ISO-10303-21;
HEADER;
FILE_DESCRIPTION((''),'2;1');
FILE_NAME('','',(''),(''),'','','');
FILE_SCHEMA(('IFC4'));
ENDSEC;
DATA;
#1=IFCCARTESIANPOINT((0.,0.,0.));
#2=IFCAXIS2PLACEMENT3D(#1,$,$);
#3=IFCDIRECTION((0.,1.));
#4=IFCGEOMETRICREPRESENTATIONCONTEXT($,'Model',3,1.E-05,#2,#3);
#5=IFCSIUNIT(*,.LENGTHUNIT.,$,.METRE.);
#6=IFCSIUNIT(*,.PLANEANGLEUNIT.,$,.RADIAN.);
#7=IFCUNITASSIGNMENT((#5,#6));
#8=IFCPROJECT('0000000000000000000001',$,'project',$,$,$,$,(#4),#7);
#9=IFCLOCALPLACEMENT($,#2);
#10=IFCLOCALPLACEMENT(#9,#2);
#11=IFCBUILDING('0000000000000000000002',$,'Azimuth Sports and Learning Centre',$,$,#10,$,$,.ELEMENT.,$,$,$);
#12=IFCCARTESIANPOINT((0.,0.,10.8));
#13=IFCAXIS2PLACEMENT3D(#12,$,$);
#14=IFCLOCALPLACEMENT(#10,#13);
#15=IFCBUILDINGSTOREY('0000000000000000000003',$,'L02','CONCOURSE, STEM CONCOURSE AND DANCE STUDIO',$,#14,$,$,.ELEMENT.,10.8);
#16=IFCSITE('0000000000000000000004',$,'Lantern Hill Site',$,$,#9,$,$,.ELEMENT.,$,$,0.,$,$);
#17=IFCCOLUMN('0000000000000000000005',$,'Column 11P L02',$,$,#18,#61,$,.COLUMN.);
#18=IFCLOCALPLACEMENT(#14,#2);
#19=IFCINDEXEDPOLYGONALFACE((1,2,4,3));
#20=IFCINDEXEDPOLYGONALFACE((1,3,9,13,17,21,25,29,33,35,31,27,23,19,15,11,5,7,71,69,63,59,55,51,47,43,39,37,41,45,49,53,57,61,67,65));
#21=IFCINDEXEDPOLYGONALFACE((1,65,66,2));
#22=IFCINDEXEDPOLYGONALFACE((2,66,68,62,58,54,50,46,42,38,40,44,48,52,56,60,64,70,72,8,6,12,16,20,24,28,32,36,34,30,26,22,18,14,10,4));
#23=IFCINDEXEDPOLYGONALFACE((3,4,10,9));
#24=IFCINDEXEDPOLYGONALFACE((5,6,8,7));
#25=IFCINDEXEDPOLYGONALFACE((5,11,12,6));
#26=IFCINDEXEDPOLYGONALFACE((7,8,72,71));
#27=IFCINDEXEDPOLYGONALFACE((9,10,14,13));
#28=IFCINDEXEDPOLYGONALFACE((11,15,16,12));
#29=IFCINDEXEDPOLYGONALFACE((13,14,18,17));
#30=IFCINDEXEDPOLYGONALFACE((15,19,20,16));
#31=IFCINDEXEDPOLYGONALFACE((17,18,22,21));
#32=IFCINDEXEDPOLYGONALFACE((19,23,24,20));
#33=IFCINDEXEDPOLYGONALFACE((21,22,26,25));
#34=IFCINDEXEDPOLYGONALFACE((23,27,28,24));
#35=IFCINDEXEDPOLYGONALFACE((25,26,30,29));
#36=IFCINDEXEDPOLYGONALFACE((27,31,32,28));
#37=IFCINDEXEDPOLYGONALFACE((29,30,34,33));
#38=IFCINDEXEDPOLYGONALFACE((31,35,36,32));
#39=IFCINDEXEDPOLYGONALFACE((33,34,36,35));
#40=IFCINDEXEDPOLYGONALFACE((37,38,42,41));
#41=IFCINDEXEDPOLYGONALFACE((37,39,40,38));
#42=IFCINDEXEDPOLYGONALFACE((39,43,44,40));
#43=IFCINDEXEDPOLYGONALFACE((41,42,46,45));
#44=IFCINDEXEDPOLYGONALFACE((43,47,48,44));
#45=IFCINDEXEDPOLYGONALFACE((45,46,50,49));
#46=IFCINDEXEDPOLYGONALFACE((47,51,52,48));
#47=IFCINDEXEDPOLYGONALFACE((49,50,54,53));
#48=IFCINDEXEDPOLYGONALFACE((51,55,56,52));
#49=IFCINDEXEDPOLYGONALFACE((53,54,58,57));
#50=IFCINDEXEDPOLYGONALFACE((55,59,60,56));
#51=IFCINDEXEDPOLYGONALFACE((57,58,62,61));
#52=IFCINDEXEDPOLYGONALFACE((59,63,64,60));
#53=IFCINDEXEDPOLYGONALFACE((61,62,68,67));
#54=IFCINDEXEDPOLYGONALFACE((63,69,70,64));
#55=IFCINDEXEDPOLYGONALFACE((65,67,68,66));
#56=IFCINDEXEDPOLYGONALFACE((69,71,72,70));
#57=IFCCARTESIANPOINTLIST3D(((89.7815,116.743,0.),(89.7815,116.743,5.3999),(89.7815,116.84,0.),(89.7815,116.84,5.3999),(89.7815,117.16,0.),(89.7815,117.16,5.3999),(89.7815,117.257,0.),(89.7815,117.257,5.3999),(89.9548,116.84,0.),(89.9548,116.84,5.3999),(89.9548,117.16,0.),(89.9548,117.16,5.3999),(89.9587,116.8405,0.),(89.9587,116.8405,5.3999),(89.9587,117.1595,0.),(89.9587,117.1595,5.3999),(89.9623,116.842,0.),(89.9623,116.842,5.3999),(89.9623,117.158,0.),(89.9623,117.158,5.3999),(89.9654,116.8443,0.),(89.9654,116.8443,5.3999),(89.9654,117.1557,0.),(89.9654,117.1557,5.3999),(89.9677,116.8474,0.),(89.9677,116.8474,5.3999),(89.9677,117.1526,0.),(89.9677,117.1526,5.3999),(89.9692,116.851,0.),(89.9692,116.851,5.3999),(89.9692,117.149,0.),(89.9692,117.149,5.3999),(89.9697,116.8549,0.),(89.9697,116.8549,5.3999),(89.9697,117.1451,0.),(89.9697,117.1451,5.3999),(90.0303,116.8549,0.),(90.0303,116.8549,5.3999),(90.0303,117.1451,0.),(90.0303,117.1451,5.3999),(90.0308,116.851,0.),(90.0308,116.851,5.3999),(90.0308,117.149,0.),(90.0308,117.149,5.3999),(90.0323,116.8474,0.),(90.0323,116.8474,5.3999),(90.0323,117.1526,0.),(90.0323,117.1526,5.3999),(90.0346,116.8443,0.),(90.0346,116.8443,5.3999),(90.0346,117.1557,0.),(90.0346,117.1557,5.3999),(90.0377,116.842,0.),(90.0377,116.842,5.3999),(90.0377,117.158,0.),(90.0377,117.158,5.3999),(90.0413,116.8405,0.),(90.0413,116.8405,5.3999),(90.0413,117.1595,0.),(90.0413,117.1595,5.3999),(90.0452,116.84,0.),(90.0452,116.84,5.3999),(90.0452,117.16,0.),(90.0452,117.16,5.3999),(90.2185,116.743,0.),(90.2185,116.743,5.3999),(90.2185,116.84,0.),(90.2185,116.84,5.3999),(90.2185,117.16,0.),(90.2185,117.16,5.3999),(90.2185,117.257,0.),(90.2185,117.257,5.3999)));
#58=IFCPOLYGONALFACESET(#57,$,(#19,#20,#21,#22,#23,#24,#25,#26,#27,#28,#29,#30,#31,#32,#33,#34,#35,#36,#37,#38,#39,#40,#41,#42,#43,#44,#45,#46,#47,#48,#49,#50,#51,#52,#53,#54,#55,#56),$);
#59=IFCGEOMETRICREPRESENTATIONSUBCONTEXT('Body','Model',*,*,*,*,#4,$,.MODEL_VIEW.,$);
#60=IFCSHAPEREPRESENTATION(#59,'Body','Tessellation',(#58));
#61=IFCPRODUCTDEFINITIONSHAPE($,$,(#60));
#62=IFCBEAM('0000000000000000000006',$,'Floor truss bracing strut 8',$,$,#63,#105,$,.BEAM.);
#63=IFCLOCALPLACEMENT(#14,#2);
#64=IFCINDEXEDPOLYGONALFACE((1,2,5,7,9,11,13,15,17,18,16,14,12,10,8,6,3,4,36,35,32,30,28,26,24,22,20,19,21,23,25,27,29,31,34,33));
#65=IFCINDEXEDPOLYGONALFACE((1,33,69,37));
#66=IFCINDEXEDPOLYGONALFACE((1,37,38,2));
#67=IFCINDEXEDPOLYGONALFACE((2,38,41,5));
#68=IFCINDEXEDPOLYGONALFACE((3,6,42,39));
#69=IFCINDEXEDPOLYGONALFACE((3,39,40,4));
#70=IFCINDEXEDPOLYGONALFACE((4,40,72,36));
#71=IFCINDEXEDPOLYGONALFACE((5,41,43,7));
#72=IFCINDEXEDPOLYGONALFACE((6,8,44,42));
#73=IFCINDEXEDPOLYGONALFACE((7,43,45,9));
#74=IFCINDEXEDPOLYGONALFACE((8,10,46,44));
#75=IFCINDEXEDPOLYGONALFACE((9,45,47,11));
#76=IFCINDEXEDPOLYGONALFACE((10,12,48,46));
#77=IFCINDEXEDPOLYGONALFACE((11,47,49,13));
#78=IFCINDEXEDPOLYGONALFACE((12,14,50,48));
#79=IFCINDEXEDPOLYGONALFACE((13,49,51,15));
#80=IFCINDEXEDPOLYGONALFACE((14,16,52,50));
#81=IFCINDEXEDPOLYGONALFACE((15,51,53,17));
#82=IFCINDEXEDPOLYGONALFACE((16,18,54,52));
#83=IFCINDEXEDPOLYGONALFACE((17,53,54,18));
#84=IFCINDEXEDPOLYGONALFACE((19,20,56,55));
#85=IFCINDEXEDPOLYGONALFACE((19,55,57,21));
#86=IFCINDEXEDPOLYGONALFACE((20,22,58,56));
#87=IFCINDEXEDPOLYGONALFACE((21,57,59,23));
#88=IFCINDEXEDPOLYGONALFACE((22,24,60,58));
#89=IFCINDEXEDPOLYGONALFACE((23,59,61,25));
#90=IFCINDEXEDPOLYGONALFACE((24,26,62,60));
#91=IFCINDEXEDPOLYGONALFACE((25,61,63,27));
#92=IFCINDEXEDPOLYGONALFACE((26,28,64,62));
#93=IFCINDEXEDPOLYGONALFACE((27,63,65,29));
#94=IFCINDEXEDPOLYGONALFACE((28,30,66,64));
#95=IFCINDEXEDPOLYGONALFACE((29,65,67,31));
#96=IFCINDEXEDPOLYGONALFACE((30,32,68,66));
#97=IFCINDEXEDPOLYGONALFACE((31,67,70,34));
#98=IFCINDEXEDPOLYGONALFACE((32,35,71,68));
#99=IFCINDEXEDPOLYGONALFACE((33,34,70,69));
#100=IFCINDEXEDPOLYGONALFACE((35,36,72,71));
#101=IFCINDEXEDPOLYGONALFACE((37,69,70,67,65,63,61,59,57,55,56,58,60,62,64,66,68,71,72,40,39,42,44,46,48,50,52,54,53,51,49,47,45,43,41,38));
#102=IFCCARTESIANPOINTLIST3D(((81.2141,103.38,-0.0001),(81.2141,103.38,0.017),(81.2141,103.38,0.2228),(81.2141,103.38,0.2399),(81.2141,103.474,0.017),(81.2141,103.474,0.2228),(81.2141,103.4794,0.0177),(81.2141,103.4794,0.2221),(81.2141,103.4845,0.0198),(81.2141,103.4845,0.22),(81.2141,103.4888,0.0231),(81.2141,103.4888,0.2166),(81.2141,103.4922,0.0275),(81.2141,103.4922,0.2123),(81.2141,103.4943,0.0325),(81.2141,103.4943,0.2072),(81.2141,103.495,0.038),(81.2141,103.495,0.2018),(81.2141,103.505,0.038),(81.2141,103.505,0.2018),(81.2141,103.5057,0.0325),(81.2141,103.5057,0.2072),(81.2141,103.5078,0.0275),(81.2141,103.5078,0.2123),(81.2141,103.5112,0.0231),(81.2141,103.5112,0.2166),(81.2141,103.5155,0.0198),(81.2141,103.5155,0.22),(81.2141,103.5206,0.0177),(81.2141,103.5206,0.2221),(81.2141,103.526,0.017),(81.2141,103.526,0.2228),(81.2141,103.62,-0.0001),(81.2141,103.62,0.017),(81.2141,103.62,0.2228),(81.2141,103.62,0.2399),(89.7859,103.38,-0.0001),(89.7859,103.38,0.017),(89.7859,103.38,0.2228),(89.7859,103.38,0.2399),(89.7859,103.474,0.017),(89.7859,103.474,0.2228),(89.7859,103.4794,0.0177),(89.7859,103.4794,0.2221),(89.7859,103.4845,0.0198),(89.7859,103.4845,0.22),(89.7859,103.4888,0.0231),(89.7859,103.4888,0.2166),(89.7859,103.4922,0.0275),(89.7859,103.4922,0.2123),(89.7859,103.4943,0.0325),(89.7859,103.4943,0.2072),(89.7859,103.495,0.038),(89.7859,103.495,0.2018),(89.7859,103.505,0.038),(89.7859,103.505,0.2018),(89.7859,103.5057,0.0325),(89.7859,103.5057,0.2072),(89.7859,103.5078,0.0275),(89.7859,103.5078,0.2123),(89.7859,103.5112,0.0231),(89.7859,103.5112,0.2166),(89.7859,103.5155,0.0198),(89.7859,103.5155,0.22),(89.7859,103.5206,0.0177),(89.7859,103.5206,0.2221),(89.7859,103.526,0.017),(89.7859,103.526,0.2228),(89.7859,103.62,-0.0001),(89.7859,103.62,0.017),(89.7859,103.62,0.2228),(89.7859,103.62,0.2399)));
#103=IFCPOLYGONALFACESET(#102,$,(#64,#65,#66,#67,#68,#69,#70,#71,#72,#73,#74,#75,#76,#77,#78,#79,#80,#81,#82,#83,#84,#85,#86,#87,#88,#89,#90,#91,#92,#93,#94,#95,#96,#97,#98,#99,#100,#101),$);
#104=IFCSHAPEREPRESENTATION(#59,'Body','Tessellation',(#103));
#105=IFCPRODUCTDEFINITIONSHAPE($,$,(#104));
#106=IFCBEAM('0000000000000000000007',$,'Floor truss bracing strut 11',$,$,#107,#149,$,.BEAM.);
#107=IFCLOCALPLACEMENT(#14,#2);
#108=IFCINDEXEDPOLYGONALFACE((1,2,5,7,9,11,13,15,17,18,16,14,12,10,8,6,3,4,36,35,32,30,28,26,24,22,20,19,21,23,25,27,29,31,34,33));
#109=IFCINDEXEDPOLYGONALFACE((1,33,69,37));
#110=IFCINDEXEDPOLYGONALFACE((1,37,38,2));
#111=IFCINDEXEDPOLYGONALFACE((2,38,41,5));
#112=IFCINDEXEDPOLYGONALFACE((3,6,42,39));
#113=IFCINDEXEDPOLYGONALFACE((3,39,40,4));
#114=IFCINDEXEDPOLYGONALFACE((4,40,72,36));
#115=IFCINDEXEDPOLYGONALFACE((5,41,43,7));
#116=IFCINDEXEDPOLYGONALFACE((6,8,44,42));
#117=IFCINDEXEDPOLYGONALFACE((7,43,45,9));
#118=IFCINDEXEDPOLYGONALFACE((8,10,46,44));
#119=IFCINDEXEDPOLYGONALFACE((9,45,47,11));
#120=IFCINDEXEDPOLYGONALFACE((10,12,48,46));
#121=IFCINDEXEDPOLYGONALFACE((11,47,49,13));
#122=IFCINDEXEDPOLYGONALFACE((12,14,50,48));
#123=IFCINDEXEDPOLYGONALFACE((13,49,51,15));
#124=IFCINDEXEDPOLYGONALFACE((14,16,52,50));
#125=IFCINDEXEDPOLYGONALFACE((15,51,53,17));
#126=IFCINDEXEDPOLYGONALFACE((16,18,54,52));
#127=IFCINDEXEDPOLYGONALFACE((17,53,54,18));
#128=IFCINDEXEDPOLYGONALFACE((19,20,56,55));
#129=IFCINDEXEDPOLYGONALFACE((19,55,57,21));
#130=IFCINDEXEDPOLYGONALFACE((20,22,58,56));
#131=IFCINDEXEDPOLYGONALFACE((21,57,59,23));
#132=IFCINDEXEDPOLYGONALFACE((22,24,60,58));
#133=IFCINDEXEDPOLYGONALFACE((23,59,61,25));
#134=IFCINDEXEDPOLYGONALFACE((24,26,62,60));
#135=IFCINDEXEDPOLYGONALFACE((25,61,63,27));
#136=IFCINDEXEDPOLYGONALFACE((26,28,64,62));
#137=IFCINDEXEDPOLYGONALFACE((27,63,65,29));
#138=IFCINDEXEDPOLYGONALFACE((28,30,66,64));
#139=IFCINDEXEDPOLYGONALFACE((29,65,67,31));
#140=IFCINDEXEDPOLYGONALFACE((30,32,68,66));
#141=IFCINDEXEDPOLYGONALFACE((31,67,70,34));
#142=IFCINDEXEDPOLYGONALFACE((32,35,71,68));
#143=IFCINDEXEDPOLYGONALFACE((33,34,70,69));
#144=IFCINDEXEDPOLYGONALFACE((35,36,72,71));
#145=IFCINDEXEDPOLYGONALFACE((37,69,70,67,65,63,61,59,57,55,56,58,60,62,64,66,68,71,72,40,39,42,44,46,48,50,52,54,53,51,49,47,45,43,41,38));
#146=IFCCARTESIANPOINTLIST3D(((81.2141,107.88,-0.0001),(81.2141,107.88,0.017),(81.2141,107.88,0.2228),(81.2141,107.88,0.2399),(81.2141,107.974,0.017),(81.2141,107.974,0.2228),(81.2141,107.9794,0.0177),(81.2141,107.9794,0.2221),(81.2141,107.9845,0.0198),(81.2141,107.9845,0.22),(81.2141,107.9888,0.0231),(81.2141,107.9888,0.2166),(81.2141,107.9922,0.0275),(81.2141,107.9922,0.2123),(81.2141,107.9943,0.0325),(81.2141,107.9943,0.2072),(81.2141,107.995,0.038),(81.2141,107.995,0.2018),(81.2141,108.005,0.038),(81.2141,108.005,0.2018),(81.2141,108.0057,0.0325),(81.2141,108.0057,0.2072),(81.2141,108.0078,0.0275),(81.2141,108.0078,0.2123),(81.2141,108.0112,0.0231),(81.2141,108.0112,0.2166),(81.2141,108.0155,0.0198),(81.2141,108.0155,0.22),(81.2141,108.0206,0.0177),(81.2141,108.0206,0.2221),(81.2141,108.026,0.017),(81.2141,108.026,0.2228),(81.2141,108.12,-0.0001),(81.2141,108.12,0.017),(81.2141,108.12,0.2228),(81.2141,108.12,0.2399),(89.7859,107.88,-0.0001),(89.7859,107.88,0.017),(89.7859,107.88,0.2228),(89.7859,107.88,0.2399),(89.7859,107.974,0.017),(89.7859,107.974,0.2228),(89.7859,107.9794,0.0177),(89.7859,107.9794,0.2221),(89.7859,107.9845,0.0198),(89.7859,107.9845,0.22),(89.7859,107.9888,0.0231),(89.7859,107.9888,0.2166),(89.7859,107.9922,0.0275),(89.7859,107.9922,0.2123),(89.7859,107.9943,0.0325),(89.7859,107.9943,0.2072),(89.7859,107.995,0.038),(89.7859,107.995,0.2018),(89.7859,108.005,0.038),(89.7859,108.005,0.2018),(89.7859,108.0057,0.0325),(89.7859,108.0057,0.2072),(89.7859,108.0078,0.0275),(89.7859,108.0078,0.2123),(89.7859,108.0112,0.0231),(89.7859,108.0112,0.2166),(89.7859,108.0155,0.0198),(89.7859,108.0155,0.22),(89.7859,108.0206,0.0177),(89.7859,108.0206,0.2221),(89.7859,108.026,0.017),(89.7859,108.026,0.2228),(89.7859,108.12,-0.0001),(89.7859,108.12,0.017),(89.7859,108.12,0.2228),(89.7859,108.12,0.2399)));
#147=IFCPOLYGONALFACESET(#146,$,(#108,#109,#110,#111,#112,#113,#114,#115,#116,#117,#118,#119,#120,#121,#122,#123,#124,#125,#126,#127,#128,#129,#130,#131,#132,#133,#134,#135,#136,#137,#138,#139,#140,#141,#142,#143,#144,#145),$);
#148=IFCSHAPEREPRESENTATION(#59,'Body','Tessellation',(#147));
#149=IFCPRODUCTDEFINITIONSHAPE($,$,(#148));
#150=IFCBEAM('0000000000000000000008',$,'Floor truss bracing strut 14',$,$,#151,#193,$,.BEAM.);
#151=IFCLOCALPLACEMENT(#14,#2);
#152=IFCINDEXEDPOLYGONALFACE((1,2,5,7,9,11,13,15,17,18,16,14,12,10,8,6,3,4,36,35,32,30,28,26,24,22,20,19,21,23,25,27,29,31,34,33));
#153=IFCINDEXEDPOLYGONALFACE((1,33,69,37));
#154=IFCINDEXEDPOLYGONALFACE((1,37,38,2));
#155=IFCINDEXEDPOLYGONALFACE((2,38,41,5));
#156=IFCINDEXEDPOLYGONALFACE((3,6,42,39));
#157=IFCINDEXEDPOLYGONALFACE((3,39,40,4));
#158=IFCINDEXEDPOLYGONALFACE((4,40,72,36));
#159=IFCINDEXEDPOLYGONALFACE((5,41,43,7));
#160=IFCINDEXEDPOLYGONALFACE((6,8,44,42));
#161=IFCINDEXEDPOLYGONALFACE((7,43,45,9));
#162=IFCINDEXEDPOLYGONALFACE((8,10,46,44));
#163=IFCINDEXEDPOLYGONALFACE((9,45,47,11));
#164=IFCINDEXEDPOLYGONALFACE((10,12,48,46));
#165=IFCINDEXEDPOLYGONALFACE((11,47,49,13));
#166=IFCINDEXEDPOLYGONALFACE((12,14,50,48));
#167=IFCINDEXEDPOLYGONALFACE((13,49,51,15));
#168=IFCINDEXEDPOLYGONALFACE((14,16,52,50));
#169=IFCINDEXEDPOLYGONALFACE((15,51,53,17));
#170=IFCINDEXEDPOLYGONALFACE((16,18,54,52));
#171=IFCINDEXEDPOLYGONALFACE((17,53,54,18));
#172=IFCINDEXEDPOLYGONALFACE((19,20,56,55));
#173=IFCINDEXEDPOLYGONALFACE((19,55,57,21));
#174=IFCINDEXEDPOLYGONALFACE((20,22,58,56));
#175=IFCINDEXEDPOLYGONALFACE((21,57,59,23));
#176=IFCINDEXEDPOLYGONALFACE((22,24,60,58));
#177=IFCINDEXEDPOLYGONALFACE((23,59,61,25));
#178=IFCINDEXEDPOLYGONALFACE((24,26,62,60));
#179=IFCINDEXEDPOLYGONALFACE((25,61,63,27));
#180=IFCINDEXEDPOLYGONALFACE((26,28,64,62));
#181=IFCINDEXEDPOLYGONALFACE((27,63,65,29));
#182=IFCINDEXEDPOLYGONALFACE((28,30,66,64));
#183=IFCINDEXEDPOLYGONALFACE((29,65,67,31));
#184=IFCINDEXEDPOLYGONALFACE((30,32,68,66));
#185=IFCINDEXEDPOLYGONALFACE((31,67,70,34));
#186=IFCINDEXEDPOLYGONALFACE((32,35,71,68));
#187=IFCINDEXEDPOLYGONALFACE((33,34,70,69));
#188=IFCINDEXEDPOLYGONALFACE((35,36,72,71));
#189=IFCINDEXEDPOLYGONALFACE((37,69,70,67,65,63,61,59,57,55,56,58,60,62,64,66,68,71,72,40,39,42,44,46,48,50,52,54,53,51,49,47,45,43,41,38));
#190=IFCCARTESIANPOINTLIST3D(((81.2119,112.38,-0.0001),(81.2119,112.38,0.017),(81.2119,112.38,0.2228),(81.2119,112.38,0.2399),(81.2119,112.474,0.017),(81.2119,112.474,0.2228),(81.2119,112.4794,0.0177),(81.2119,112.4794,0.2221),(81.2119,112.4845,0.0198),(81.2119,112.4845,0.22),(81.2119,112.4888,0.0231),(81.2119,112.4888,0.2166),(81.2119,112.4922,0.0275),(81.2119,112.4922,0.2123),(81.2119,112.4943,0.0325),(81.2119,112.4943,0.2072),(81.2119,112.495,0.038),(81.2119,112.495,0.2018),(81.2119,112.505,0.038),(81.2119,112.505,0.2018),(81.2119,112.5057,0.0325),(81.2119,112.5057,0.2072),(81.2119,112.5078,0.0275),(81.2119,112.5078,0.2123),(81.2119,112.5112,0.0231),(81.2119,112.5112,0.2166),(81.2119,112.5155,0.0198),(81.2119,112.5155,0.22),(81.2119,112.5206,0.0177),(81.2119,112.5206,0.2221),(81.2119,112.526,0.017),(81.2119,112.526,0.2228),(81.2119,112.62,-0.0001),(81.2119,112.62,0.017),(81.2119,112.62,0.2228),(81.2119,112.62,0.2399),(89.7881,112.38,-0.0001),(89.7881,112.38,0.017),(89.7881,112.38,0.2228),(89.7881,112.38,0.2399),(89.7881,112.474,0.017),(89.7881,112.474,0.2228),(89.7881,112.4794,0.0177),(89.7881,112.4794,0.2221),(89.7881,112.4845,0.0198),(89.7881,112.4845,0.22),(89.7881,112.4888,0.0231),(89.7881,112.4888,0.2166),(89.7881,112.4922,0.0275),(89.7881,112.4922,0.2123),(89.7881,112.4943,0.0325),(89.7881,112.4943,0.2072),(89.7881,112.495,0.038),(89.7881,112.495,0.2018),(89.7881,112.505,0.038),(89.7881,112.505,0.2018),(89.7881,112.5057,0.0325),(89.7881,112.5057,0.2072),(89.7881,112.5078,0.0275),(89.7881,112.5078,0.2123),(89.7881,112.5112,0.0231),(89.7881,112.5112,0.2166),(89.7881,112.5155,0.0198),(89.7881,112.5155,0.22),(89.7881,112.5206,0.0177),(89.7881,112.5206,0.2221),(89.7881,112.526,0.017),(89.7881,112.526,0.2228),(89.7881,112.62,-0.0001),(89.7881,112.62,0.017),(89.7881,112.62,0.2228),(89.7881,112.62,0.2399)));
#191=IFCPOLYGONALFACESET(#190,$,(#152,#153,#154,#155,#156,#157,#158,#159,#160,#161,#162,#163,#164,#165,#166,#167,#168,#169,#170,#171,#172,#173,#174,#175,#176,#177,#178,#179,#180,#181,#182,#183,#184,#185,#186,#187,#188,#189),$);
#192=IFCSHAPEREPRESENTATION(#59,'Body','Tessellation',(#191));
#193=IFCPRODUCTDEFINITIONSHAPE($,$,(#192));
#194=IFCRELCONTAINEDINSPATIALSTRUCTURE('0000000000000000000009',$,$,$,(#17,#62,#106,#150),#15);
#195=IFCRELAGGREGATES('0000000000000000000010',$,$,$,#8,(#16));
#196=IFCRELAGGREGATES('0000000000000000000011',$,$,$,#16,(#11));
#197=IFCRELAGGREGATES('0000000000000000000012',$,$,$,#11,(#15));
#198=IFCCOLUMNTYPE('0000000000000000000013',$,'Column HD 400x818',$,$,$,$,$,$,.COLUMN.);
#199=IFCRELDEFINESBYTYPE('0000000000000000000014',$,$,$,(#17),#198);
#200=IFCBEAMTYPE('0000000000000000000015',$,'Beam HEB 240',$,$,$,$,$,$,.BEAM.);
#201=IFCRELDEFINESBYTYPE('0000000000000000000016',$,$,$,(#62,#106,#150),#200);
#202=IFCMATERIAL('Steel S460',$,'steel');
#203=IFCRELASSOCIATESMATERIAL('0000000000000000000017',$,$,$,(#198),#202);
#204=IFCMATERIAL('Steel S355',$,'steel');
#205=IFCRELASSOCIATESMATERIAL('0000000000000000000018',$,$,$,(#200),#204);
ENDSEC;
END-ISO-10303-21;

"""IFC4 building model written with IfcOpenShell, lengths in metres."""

from ifc_helpers import new_model, si_unit, direction, frame, origin, origin_2d, place, context, subcontext, project, spatial, i_section, extrude, material, material_profile, profile_set, type_object, element, save


model = new_model("IFC4")

# Units and contexts
model_context = context("Model", 3, precision=1e-05, world=origin(), true_north=direction((0.0, 1.0)))
body_context = subcontext(model_context, "Body", "Model", "MODEL_VIEW")
ifc_project = project(units=[si_unit("LENGTHUNIT", "METRE"), si_unit("PLANEANGLEUNIT", "RADIAN")], contexts=[model_context])

# Site, building, storey
site_placement = place(None, origin())
site = spatial("IfcSite", under=ifc_project, at=site_placement, Name="Lantern Hill Site", CompositionType="ELEMENT", RefElevation=0.0)
building_placement = place(site_placement, origin())
building = spatial("IfcBuilding", under=site, at=building_placement, Name="Azimuth Sports and Learning Centre", CompositionType="ELEMENT")
storey_placement = place(building_placement, frame((0.0, 0.0, 10.8)))
storey = spatial("IfcBuildingStorey", under=building, at=storey_placement, Name="L02", Description="CONCOURSE, STEM CONCOURSE AND DANCE STUDIO", CompositionType="ELEMENT", Elevation=10.8)

# Column
ifc_material_1 = material(Name="Steel S460", Category="steel")
ifc_material_profile_1 = material_profile(ifc_material_1, i_section(OverallWidth=0.437, OverallDepth=0.5139, WebThickness=0.0605, FlangeThickness=0.0969, FilletRadius=0.0149, at=origin_2d()), Name="HD 400x818")
ifc_profile_set_1 = profile_set([ifc_material_profile_1], Name="Steel S460")
column_type = type_object("IfcColumnType", Name="Column HD 400x818", PredefinedType="COLUMN", material=ifc_profile_set_1)
column_placement = place(storey_placement, frame((90.0, 117.0, 0.0), z_axis=(0.0, 0.0, 1.0), x_axis=(1.0, 0.0, 0.0)))
element("IfcColumn", 1, at=column_placement, inside=storey, type_object=column_type, Name="Column 11P L02", PredefinedType="COLUMN", context=body_context, shape_type="SweptSolid", body=[
    extrude(i_section(OverallWidth=0.437, OverallDepth=0.5139, WebThickness=0.0605, FlangeThickness=0.0969, FilletRadius=0.0149, at=origin_2d()), origin(), (0.0, 0.0, 1.0), 5.3999),
])

# Beams
ifc_material_2 = material(Name="Steel S355", Category="steel")
ifc_material_profile_2 = material_profile(ifc_material_2, i_section(OverallWidth=0.24, OverallDepth=0.24, WebThickness=0.01, FlangeThickness=0.0171, FilletRadius=0.021, at=origin_2d()), Name="HEB 240")
ifc_profile_set_2 = profile_set([ifc_material_profile_2], Name="Steel S355")
beam_type_1 = type_object("IfcBeamType", Name="Beam HEB 240", PredefinedType="BEAM", material=ifc_profile_set_2)
for number, where, z_axis, x_axis, name in (
    (2, (81.2141, 103.5, 0.1199), (1.0, 0.0, 0.0), (0.0, 1.0, 0.0), "Floor truss bracing strut 8"),
    (3, (81.2141, 108.0, 0.1199), (1.0, 0.0, 0.0), (0.0, 1.0, 0.0), "Floor truss bracing strut 11"),
):
    element("IfcBeam", number, at=place(storey_placement, frame(where, z_axis=z_axis, x_axis=x_axis)), inside=storey, type_object=beam_type_1, Name=name, PredefinedType="BEAM", context=body_context, shape_type="SweptSolid", body=[
        extrude(i_section(OverallWidth=0.24, OverallDepth=0.24, WebThickness=0.01, FlangeThickness=0.0171, FilletRadius=0.021, at=origin_2d()), origin(), (0.0, 0.0, 1.0), 8.5718),
    ])
beam_placement = place(storey_placement, frame((81.2119, 112.5, 0.1199), z_axis=(1.0, 0.0, 0.0), x_axis=(0.0, 1.0, 0.0)))
element("IfcBeam", 4, at=beam_placement, inside=storey, type_object=beam_type_1, Name="Floor truss bracing strut 14", PredefinedType="BEAM", context=body_context, shape_type="SweptSolid", body=[
    extrude(i_section(OverallWidth=0.24, OverallDepth=0.24, WebThickness=0.01, FlangeThickness=0.0171, FilletRadius=0.021, at=origin_2d()), origin(), (0.0, 0.0, 1.0), 8.5762),
])

save(model, "model.ifc")
